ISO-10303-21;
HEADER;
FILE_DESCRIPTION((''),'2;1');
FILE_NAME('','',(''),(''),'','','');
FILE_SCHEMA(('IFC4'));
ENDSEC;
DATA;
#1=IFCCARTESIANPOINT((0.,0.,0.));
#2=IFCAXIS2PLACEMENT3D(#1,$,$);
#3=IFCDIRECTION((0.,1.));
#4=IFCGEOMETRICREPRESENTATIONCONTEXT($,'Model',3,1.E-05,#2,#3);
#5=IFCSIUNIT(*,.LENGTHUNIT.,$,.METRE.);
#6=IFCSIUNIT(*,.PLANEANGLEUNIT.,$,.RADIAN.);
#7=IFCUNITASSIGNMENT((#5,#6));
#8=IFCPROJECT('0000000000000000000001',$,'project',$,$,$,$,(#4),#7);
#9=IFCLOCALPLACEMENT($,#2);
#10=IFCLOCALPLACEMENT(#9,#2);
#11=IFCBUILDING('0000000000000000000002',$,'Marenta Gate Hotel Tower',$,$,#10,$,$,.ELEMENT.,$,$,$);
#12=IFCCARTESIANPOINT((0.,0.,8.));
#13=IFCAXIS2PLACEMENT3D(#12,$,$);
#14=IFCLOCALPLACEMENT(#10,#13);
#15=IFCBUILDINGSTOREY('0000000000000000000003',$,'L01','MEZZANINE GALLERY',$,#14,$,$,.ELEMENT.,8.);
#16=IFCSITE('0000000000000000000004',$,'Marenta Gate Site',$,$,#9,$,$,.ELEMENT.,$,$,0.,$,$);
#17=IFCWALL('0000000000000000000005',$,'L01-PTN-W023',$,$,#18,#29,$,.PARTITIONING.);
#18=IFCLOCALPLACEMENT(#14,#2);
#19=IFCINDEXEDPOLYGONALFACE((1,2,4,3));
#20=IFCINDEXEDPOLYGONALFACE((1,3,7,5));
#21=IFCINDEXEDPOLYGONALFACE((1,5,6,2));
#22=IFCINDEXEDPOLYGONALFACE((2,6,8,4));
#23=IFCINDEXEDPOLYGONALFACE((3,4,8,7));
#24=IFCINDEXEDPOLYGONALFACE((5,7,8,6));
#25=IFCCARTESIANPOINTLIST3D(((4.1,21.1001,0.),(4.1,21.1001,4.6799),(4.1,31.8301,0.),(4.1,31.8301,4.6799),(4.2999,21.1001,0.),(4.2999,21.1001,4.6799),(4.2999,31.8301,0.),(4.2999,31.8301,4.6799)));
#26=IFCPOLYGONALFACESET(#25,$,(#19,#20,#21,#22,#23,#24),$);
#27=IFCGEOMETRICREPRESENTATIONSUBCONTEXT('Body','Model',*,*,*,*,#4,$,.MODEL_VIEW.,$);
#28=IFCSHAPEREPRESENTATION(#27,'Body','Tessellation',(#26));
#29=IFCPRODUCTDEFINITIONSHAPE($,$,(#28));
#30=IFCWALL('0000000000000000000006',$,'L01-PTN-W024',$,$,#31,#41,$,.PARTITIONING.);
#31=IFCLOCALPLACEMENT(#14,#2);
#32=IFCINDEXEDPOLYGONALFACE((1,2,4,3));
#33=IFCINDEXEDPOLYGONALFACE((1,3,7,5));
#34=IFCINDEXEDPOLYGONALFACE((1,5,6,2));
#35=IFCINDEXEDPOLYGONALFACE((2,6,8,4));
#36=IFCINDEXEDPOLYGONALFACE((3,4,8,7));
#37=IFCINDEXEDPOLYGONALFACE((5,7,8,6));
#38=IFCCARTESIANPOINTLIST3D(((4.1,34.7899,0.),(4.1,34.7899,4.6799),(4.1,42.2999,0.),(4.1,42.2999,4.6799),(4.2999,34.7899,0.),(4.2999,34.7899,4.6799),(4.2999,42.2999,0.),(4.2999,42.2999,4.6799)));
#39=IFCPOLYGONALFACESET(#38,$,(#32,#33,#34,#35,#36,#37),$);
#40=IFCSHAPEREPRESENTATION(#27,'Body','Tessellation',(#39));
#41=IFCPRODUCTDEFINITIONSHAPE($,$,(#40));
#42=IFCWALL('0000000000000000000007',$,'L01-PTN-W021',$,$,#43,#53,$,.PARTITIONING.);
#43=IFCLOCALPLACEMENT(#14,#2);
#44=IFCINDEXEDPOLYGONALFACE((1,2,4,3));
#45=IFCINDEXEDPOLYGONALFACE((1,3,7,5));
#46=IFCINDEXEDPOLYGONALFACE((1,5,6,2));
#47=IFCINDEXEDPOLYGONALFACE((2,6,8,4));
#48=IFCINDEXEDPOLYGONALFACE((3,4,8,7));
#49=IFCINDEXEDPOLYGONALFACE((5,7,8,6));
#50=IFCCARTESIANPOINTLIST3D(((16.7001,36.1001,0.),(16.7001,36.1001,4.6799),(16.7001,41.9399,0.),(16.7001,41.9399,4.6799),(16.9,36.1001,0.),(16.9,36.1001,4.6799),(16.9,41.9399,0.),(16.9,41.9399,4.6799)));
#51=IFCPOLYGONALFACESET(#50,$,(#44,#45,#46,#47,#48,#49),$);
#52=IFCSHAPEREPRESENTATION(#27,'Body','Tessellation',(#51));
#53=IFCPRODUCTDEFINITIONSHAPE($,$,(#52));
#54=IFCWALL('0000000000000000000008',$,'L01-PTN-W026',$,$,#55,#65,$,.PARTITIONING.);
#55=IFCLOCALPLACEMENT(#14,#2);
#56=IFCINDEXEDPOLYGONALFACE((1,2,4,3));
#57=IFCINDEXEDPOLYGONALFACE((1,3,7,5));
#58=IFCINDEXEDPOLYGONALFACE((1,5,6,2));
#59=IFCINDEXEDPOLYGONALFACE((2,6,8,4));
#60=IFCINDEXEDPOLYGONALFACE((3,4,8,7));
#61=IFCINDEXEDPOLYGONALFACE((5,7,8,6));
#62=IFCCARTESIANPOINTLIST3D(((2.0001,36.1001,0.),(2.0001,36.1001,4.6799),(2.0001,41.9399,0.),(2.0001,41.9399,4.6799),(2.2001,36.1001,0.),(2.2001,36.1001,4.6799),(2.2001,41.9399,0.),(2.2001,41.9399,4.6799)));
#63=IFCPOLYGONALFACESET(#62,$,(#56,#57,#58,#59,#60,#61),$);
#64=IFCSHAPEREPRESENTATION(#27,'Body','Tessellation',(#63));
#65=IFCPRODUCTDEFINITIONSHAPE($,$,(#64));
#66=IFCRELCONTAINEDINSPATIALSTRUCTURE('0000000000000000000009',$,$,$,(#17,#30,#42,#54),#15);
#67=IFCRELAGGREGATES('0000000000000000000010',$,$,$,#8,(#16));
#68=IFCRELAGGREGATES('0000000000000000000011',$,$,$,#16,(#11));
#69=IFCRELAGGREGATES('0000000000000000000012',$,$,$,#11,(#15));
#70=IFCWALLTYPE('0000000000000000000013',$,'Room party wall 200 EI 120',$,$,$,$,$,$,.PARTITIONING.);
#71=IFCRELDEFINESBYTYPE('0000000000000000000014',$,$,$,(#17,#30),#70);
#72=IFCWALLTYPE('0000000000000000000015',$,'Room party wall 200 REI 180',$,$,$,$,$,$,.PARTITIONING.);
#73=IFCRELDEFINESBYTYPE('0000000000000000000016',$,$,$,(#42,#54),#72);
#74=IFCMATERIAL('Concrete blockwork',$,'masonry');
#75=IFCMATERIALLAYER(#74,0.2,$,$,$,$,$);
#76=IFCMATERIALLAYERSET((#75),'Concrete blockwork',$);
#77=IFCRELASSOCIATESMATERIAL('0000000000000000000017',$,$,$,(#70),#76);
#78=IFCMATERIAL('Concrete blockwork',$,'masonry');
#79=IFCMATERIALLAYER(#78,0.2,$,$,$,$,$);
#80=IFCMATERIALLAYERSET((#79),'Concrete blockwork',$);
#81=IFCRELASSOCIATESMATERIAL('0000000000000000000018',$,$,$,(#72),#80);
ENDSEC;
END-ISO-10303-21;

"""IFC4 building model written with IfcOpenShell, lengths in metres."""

from ifc_helpers import new_model, si_unit, direction, frame, frame_2d, origin, place, context, subcontext, project, spatial, rectangle, extrude, material, layer, layer_set, type_object, element, save


model = new_model("IFC4")

# Units and contexts
model_context = context("Model", 3, precision=1e-05, world=origin(), true_north=direction((0.0, 1.0)))
body_context = subcontext(model_context, "Body", "Model", "MODEL_VIEW")
ifc_project = project(units=[si_unit("LENGTHUNIT", "METRE"), si_unit("PLANEANGLEUNIT", "RADIAN")], contexts=[model_context])

# Site, building, storey
site_placement = place(None, origin())
site = spatial("IfcSite", under=ifc_project, at=site_placement, Name="Marenta Gate Site", CompositionType="ELEMENT", RefElevation=0.0)
building_placement = place(site_placement, origin())
building = spatial("IfcBuilding", under=site, at=building_placement, Name="Marenta Gate Hotel Tower", CompositionType="ELEMENT")
storey_placement = place(building_placement, frame((0.0, 0.0, 8.0)))
storey = spatial("IfcBuildingStorey", under=building, at=storey_placement, Name="L01", Description="MEZZANINE GALLERY", CompositionType="ELEMENT", Elevation=8.0)

# Walls
ifc_material_1 = material(Name="Concrete blockwork", Category="masonry")
ifc_layer_1 = layer(ifc_material_1, 0.2)
ifc_layer_set_1 = layer_set([ifc_layer_1], Name="Concrete blockwork")
wall_type_1 = type_object("IfcWallType", Name="Room party wall 200 EI 120", PredefinedType="PARTITIONING", material=ifc_layer_set_1)
wall_1_placement = place(storey_placement, frame((4.2, 21.1001, 0.0), z_axis=(0.0, 0.0, 1.0), x_axis=(0.0, 1.0, 0.0)))
element("IfcWall", 1, at=wall_1_placement, inside=storey, type_object=wall_type_1, Name="L01-PTN-W023", PredefinedType="PARTITIONING", context=body_context, shape_type="SweptSolid", body=[
    extrude(rectangle(XDim=10.73, YDim=0.2, at=frame_2d((5.365, 0.0))), origin(), (0.0, 0.0, 1.0), 4.6799),
])
wall_2_placement = place(storey_placement, frame((4.2, 34.79, 0.0), z_axis=(0.0, 0.0, 1.0), x_axis=(0.0, 1.0, 0.0)))
element("IfcWall", 2, at=wall_2_placement, inside=storey, type_object=wall_type_1, Name="L01-PTN-W024", PredefinedType="PARTITIONING", context=body_context, shape_type="SweptSolid", body=[
    extrude(rectangle(XDim=7.51, YDim=0.2, at=frame_2d((3.7549, 0.0))), origin(), (0.0, 0.0, 1.0), 4.6799),
])
ifc_material_2 = material(Name="Concrete blockwork", Category="masonry")
ifc_layer_2 = layer(ifc_material_2, 0.2)
ifc_layer_set_2 = layer_set([ifc_layer_2], Name="Concrete blockwork")
wall_type_2 = type_object("IfcWallType", Name="Room party wall 200 REI 180", PredefinedType="PARTITIONING", material=ifc_layer_set_2)
for number, where, z_axis, x_axis, name in (
    (3, (16.8, 36.1001, 0.0), (0.0, 0.0, 1.0), (0.0, 1.0, 0.0), "L01-PTN-W021"),
    (4, (2.1001, 36.1001, 0.0), (0.0, 0.0, 1.0), (0.0, 1.0, 0.0), "L01-PTN-W026"),
):
    element("IfcWall", number, at=place(storey_placement, frame(where, z_axis=z_axis, x_axis=x_axis)), inside=storey, type_object=wall_type_2, Name=name, PredefinedType="PARTITIONING", context=body_context, shape_type="SweptSolid", body=[
        extrude(rectangle(XDim=5.8398, YDim=0.2, at=frame_2d((2.9199, 0.0))), origin(), (0.0, 0.0, 1.0), 4.6799),
    ])

save(model, "model.ifc")
